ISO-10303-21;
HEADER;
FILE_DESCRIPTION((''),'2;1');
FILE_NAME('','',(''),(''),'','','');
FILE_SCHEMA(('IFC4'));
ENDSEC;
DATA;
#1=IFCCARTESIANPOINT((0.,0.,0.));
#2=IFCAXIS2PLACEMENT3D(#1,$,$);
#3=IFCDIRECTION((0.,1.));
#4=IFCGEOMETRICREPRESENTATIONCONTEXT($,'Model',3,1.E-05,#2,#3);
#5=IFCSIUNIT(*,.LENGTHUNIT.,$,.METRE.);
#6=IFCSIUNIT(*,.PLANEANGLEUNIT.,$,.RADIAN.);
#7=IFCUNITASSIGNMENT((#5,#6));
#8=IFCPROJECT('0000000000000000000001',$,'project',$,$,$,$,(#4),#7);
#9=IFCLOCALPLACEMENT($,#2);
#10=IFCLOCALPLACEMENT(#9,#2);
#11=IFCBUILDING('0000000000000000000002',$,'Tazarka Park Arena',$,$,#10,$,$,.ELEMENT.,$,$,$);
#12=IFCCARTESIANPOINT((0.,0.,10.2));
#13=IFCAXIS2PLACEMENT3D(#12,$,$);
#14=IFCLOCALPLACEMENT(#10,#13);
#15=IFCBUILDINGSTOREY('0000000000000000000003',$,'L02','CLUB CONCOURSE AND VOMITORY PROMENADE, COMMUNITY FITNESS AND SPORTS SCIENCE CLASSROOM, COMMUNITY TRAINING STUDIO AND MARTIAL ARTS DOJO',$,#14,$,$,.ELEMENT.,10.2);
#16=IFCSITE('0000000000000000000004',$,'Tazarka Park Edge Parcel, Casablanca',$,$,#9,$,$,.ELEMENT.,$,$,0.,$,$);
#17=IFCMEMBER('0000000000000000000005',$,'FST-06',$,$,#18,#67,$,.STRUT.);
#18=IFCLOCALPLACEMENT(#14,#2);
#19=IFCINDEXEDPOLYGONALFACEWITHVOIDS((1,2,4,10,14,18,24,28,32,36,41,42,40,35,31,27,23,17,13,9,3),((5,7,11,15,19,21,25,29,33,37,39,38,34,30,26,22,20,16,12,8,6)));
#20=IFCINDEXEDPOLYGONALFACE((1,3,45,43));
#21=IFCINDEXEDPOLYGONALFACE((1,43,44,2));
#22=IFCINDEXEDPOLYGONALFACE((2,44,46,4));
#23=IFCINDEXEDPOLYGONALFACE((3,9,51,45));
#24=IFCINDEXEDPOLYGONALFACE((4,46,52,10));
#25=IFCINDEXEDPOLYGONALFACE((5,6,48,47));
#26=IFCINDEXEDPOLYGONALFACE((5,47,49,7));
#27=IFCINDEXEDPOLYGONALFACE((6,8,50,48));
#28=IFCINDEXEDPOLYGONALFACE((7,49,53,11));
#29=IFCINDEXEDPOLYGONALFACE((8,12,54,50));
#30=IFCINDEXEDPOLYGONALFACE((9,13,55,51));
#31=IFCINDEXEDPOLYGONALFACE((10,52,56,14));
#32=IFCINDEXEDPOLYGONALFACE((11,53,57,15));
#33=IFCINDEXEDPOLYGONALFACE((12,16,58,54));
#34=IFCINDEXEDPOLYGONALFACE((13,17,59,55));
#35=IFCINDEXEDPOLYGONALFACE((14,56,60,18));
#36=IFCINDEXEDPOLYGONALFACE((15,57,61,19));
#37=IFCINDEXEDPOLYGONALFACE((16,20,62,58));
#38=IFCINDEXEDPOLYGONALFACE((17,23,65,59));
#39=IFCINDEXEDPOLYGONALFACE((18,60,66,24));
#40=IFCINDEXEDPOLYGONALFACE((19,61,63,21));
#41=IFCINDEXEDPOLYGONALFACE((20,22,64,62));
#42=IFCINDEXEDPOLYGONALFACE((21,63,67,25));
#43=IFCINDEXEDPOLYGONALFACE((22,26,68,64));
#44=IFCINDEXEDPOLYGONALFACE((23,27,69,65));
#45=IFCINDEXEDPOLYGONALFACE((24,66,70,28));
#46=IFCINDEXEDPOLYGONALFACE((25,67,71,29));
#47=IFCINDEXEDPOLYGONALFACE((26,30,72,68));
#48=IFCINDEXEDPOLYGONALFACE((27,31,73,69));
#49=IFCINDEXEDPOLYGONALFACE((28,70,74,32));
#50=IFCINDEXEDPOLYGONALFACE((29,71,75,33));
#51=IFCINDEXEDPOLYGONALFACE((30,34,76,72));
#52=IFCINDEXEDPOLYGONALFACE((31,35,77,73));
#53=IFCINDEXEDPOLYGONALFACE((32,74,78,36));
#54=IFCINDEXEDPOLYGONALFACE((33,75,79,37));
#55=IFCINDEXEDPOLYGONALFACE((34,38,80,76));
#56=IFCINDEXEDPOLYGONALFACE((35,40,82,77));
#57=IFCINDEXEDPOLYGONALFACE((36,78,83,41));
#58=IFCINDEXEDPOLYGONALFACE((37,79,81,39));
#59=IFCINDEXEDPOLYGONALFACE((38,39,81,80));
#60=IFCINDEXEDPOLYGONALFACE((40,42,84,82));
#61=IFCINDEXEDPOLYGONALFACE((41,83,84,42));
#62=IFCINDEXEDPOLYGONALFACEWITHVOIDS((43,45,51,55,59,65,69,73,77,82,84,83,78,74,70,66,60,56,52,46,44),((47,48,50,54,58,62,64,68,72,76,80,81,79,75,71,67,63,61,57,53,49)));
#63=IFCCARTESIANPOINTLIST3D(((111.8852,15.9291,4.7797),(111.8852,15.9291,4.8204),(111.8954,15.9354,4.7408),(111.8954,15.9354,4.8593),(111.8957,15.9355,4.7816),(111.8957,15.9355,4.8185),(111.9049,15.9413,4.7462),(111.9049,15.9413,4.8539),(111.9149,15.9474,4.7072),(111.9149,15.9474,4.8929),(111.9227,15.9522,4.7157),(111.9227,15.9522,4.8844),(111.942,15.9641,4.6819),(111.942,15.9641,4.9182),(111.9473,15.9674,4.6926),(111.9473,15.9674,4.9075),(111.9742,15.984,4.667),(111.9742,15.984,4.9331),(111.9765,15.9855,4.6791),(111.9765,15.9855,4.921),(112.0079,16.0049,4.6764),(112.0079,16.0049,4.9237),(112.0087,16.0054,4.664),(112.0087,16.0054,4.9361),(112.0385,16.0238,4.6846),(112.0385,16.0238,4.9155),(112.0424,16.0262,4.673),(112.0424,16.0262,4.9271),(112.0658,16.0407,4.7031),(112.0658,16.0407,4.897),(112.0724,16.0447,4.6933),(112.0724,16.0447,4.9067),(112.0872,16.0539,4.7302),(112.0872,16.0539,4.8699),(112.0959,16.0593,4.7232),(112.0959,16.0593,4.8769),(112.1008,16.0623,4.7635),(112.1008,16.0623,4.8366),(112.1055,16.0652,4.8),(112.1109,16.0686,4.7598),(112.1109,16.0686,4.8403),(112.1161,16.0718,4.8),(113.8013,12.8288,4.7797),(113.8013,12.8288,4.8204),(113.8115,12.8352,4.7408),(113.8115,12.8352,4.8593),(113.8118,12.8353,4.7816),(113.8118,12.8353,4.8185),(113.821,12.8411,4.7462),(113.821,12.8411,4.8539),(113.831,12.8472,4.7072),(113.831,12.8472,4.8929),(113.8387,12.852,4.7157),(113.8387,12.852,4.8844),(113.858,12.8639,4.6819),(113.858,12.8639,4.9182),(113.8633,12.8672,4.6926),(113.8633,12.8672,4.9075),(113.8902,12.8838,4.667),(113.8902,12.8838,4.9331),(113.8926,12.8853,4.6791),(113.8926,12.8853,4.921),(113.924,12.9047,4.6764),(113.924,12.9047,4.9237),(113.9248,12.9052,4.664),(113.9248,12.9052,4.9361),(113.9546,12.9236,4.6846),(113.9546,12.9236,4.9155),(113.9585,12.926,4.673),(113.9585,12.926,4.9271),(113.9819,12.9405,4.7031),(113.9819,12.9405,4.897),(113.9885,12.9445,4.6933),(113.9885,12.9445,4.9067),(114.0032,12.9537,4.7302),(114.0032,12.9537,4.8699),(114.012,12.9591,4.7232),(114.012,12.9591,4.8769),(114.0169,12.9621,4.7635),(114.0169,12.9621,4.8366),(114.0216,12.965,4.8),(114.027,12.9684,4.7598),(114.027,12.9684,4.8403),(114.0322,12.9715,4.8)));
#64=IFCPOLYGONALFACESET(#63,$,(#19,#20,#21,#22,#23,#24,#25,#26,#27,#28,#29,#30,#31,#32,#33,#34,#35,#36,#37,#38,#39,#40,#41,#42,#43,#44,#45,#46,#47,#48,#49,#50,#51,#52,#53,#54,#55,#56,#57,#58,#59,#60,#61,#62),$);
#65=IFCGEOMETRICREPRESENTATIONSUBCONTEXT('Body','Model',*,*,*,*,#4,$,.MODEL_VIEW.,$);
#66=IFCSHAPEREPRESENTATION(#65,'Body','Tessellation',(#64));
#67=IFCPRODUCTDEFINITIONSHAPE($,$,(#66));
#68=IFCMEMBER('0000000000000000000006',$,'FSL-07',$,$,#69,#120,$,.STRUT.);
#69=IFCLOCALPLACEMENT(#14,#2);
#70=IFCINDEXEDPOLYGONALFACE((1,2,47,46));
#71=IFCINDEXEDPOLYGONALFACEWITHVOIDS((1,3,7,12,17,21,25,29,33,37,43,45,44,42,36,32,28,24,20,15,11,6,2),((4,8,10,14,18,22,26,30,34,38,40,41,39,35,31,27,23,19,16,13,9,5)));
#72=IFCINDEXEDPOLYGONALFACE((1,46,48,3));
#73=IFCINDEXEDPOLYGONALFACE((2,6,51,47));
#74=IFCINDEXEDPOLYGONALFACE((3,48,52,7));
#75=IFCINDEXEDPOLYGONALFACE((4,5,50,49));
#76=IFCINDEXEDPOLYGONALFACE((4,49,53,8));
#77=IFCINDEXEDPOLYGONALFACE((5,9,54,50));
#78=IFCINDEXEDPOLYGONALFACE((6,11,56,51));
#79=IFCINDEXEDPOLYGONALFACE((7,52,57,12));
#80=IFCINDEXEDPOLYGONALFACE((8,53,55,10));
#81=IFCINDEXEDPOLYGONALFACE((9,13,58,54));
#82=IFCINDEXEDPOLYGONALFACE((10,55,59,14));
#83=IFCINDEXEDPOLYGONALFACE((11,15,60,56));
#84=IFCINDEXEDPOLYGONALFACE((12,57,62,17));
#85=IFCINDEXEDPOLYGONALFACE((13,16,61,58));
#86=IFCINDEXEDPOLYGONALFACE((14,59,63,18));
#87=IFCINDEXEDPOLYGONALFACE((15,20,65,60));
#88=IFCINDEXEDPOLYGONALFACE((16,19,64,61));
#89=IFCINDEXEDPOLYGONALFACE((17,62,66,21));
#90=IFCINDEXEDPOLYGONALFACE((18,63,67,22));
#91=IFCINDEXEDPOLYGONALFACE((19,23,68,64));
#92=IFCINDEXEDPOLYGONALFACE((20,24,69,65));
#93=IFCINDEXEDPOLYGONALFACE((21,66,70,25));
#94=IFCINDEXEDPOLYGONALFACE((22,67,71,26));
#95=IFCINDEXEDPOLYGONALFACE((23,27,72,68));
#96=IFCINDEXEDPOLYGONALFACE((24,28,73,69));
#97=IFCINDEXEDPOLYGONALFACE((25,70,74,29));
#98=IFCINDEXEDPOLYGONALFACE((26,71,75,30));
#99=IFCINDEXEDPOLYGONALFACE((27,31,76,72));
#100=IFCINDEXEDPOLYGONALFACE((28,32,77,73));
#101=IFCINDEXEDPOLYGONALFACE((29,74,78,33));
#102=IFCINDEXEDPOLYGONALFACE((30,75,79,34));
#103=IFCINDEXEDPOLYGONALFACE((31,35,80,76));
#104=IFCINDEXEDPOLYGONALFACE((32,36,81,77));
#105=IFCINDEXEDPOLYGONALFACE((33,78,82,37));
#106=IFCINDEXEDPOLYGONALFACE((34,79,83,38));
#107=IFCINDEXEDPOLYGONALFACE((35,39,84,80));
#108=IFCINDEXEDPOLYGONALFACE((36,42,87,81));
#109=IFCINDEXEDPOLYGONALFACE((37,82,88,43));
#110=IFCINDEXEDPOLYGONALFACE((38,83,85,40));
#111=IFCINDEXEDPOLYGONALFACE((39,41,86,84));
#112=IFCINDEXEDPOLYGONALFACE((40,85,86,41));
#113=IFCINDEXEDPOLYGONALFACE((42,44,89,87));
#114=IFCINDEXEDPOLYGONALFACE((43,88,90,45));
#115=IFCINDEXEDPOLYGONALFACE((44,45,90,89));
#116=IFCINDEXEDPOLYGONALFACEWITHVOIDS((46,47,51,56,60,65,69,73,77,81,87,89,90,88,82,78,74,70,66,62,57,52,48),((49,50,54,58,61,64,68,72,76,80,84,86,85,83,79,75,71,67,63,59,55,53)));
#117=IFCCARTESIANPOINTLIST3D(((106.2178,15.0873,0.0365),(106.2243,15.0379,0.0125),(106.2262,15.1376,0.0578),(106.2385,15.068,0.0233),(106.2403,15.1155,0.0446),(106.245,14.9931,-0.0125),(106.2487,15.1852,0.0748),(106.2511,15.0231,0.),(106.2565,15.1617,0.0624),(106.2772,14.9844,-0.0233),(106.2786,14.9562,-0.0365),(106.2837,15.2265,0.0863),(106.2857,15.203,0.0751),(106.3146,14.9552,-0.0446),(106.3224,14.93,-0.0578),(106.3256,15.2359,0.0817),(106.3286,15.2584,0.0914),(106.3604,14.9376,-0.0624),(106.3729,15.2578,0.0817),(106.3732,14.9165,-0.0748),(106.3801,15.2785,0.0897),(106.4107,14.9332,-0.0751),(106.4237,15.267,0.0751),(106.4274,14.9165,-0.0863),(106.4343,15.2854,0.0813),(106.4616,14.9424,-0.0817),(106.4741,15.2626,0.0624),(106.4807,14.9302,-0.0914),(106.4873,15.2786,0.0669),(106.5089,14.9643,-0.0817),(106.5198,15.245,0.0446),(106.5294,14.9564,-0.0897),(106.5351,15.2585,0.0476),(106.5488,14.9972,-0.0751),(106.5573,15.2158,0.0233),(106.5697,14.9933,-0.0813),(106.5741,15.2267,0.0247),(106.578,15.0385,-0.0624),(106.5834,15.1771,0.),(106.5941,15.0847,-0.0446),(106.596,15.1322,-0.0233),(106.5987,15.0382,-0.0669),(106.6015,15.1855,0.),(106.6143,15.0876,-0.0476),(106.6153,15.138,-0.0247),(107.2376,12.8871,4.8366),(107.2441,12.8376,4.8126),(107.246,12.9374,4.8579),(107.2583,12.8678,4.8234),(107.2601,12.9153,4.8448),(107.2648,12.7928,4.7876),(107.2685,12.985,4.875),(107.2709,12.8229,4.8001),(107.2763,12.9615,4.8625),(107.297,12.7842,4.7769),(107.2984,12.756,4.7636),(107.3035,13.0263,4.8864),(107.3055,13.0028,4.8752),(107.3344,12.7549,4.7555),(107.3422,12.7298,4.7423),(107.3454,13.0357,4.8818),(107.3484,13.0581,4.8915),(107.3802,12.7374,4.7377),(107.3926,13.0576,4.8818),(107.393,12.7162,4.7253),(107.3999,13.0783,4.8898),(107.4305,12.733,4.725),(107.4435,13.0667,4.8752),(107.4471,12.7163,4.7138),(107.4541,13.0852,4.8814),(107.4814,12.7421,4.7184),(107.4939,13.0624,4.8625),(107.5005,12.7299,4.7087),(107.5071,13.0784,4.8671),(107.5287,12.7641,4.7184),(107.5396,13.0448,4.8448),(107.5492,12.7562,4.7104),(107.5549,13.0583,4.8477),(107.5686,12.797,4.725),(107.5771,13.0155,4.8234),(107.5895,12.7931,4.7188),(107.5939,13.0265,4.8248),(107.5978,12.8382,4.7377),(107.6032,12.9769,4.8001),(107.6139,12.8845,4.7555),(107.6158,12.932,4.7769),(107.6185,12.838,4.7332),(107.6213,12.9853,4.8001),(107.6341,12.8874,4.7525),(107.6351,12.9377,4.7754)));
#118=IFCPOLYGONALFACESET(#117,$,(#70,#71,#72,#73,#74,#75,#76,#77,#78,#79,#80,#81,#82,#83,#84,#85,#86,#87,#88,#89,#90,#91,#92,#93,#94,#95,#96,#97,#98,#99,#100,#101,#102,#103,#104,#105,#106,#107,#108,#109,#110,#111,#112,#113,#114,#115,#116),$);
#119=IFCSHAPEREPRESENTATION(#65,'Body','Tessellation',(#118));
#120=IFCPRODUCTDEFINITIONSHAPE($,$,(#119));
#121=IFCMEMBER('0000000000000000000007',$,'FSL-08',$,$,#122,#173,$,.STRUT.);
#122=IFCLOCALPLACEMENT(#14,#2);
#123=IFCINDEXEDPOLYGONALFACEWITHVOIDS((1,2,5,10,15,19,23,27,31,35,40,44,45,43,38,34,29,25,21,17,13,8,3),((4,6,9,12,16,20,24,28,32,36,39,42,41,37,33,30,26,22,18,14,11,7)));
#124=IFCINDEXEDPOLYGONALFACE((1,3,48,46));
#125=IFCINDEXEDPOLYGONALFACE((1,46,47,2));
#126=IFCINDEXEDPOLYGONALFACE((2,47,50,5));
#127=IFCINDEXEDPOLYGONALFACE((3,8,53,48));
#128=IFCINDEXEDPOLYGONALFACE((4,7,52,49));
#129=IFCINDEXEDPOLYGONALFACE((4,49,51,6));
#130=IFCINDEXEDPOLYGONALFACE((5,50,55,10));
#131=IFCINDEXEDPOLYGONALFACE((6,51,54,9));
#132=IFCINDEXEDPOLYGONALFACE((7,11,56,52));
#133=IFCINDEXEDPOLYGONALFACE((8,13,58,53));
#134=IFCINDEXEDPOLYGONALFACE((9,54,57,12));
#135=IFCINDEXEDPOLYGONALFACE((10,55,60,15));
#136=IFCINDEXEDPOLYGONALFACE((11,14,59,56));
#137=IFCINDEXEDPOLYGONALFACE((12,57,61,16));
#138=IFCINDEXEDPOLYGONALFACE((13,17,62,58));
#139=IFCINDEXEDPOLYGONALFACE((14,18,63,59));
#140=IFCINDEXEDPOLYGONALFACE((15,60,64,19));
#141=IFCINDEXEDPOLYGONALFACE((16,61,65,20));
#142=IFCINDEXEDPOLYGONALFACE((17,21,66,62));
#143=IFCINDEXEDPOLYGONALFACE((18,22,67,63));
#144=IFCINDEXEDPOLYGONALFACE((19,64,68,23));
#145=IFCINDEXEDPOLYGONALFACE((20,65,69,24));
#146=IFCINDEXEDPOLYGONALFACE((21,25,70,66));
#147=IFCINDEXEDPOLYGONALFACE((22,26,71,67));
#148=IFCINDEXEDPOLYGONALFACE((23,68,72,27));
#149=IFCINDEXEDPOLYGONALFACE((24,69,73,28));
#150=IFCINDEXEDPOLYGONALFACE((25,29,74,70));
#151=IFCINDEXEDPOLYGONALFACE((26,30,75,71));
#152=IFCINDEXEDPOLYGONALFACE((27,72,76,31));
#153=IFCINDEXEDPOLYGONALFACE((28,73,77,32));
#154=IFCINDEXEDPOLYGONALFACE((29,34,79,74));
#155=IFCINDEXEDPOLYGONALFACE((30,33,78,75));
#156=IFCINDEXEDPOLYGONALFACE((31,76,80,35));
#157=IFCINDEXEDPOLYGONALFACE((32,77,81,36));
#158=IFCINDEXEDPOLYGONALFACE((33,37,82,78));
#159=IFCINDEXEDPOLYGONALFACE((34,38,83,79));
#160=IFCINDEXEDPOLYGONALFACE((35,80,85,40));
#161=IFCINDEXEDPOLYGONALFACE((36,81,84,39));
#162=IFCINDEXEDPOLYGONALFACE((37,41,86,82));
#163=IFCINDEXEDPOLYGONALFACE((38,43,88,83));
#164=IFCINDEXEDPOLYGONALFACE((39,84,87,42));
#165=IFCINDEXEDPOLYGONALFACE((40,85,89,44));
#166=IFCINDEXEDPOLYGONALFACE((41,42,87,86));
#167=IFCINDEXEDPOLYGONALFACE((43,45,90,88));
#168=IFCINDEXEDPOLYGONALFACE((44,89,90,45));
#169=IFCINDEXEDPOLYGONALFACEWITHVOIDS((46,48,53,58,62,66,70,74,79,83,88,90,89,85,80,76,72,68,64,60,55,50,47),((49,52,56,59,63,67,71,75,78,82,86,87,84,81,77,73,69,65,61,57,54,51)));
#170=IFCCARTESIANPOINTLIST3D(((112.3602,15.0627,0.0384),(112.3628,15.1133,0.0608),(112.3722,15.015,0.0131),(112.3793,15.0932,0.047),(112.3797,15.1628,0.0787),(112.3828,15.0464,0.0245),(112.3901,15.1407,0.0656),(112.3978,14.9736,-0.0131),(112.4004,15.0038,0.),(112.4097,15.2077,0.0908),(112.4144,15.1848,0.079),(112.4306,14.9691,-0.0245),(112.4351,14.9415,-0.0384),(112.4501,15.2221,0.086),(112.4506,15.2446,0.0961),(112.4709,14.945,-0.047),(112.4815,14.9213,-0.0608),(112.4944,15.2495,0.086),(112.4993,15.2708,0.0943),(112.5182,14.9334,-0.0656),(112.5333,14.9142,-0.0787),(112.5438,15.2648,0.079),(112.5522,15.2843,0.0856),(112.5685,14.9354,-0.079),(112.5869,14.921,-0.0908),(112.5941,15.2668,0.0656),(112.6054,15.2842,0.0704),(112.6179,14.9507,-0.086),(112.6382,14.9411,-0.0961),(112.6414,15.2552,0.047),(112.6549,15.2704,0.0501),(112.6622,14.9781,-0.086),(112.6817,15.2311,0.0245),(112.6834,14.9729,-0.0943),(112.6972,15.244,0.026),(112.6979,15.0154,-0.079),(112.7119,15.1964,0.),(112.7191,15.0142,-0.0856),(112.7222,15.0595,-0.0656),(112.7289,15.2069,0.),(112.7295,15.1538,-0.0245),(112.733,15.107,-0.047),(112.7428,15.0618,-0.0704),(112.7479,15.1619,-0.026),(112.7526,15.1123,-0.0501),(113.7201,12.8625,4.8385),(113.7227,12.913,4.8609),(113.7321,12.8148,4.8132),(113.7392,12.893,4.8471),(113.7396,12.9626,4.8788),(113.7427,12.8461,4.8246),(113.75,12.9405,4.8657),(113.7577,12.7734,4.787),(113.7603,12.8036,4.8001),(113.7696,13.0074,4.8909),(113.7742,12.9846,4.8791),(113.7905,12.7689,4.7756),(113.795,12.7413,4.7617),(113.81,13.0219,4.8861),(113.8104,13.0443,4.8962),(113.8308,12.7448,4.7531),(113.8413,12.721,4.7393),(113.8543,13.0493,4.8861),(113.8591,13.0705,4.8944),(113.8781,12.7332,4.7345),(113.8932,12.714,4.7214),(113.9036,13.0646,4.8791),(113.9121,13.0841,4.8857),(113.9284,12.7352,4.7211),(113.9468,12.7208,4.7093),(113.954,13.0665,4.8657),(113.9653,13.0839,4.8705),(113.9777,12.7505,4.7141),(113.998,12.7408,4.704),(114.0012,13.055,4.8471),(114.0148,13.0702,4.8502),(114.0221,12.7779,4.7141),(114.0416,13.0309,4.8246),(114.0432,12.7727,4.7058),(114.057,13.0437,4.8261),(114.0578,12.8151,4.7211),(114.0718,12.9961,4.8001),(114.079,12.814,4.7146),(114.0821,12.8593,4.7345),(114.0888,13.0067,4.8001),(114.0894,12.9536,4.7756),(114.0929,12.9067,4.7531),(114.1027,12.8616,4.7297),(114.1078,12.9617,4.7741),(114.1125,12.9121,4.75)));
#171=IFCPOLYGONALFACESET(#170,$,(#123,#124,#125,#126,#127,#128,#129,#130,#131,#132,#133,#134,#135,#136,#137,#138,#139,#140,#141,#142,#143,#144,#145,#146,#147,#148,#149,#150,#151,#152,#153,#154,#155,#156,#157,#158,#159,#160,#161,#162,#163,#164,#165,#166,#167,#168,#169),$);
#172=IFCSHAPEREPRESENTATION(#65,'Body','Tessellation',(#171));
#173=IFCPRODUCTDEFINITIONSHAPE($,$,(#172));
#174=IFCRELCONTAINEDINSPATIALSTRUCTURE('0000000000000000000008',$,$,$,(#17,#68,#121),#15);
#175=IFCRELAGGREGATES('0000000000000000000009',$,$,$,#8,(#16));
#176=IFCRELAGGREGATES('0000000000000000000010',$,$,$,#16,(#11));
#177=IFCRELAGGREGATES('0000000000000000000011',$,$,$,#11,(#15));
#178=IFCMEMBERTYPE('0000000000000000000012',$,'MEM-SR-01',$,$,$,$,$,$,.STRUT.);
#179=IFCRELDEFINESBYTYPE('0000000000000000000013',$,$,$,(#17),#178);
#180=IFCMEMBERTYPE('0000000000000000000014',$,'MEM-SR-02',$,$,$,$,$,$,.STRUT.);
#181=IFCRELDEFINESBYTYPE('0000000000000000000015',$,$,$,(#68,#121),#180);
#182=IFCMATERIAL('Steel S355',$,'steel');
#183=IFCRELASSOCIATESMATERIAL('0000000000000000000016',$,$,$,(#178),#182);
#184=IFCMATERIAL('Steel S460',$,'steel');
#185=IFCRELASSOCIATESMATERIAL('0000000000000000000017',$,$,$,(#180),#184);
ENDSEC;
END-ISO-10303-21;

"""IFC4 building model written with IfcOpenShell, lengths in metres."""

from ifc_helpers import new_model, si_unit, direction, frame, origin, origin_2d, place, context, subcontext, project, spatial, hollow_circle, extrude, material, material_profile, profile_set, type_object, element, save


model = new_model("IFC4")

# Units and contexts
model_context = context("Model", 3, precision=1e-05, world=origin(), true_north=direction((0.0, 1.0)))
body_context = subcontext(model_context, "Body", "Model", "MODEL_VIEW")
ifc_project = project(units=[si_unit("LENGTHUNIT", "METRE"), si_unit("PLANEANGLEUNIT", "RADIAN")], contexts=[model_context])

# Site, building, storey
site_placement = place(None, origin())
site = spatial("IfcSite", under=ifc_project, at=site_placement, Name="Tazarka Park Edge Parcel, Casablanca", CompositionType="ELEMENT", RefElevation=0.0)
building_placement = place(site_placement, origin())
building = spatial("IfcBuilding", under=site, at=building_placement, Name="Tazarka Park Arena", CompositionType="ELEMENT")
storey_placement = place(building_placement, frame((0.0, 0.0, 10.2)))
storey = spatial("IfcBuildingStorey", under=building, at=storey_placement, Name="L02", Description="CLUB CONCOURSE AND VOMITORY PROMENADE, COMMUNITY FITNESS AND SPORTS SCIENCE CLASSROOM, COMMUNITY TRAINING STUDIO AND MARTIAL ARTS DOJO", CompositionType="ELEMENT", Elevation=10.2)

# Members
ifc_material_1 = material(Name="Steel S355", Category="steel")
ifc_material_profile_1 = material_profile(ifc_material_1, hollow_circle(Radius=0.1365, WallThickness=0.0125, at=origin_2d()), Name="Steel S355")
ifc_profile_set_1 = profile_set([ifc_material_profile_1], Name="Steel S355")
member_type_1 = type_object("IfcMemberType", Name="MEM-SR-01", PredefinedType="STRUT", material=ifc_profile_set_1)
member_1_placement = place(storey_placement, frame((112.0, 16.0, 4.8), z_axis=(0.525741, -0.850645, 0.0), x_axis=(0.850645, 0.525741, 0.0)))
element("IfcMember", 1, at=member_1_placement, inside=storey, type_object=member_type_1, Name="FST-06", PredefinedType="STRUT", context=body_context, shape_type="SweptSolid", body=[
    extrude(hollow_circle(Radius=0.1365, WallThickness=0.0125, at=origin_2d()), origin(), (0.0, 0.0, 1.0), 3.6445),
])
ifc_material_2 = material(Name="Steel S460", Category="steel")
ifc_material_profile_2 = material_profile(ifc_material_2, hollow_circle(Radius=0.2031, WallThickness=0.02, at=origin_2d()), Name="Steel S460")
ifc_profile_set_2 = profile_set([ifc_material_profile_2], Name="Steel S460")
member_type_2 = type_object("IfcMemberType", Name="MEM-SR-02", PredefinedType="STRUT", material=ifc_profile_set_2)
member_2_placement = place(storey_placement, frame((106.4172, 15.1001, 0.0), z_axis=(0.189625, -0.409122, 0.892559), x_axis=(0.907283, 0.42052, 0.0)))
element("IfcMember", 2, at=member_2_placement, inside=storey, type_object=member_type_2, Name="FSL-07", PredefinedType="STRUT", context=body_context, shape_type="SweptSolid", body=[
    extrude(hollow_circle(Radius=0.2031, WallThickness=0.02, at=origin_2d()), origin(), (0.0, 0.0, 1.0), 5.3779),
])
member_3_placement = place(storey_placement, frame((112.5562, 15.1001, 0.0), z_axis=(0.249398, -0.403515, 0.880327), x_axis=(0.850639, 0.52575, 0.0)))
element("IfcMember", 3, at=member_3_placement, inside=storey, type_object=member_type_2, Name="FSL-08", PredefinedType="STRUT", context=body_context, shape_type="SweptSolid", body=[
    extrude(hollow_circle(Radius=0.2031, WallThickness=0.02, at=origin_2d()), origin(), (0.0, 0.0, 1.0), 5.4526),
])

save(model, "model.ifc")
